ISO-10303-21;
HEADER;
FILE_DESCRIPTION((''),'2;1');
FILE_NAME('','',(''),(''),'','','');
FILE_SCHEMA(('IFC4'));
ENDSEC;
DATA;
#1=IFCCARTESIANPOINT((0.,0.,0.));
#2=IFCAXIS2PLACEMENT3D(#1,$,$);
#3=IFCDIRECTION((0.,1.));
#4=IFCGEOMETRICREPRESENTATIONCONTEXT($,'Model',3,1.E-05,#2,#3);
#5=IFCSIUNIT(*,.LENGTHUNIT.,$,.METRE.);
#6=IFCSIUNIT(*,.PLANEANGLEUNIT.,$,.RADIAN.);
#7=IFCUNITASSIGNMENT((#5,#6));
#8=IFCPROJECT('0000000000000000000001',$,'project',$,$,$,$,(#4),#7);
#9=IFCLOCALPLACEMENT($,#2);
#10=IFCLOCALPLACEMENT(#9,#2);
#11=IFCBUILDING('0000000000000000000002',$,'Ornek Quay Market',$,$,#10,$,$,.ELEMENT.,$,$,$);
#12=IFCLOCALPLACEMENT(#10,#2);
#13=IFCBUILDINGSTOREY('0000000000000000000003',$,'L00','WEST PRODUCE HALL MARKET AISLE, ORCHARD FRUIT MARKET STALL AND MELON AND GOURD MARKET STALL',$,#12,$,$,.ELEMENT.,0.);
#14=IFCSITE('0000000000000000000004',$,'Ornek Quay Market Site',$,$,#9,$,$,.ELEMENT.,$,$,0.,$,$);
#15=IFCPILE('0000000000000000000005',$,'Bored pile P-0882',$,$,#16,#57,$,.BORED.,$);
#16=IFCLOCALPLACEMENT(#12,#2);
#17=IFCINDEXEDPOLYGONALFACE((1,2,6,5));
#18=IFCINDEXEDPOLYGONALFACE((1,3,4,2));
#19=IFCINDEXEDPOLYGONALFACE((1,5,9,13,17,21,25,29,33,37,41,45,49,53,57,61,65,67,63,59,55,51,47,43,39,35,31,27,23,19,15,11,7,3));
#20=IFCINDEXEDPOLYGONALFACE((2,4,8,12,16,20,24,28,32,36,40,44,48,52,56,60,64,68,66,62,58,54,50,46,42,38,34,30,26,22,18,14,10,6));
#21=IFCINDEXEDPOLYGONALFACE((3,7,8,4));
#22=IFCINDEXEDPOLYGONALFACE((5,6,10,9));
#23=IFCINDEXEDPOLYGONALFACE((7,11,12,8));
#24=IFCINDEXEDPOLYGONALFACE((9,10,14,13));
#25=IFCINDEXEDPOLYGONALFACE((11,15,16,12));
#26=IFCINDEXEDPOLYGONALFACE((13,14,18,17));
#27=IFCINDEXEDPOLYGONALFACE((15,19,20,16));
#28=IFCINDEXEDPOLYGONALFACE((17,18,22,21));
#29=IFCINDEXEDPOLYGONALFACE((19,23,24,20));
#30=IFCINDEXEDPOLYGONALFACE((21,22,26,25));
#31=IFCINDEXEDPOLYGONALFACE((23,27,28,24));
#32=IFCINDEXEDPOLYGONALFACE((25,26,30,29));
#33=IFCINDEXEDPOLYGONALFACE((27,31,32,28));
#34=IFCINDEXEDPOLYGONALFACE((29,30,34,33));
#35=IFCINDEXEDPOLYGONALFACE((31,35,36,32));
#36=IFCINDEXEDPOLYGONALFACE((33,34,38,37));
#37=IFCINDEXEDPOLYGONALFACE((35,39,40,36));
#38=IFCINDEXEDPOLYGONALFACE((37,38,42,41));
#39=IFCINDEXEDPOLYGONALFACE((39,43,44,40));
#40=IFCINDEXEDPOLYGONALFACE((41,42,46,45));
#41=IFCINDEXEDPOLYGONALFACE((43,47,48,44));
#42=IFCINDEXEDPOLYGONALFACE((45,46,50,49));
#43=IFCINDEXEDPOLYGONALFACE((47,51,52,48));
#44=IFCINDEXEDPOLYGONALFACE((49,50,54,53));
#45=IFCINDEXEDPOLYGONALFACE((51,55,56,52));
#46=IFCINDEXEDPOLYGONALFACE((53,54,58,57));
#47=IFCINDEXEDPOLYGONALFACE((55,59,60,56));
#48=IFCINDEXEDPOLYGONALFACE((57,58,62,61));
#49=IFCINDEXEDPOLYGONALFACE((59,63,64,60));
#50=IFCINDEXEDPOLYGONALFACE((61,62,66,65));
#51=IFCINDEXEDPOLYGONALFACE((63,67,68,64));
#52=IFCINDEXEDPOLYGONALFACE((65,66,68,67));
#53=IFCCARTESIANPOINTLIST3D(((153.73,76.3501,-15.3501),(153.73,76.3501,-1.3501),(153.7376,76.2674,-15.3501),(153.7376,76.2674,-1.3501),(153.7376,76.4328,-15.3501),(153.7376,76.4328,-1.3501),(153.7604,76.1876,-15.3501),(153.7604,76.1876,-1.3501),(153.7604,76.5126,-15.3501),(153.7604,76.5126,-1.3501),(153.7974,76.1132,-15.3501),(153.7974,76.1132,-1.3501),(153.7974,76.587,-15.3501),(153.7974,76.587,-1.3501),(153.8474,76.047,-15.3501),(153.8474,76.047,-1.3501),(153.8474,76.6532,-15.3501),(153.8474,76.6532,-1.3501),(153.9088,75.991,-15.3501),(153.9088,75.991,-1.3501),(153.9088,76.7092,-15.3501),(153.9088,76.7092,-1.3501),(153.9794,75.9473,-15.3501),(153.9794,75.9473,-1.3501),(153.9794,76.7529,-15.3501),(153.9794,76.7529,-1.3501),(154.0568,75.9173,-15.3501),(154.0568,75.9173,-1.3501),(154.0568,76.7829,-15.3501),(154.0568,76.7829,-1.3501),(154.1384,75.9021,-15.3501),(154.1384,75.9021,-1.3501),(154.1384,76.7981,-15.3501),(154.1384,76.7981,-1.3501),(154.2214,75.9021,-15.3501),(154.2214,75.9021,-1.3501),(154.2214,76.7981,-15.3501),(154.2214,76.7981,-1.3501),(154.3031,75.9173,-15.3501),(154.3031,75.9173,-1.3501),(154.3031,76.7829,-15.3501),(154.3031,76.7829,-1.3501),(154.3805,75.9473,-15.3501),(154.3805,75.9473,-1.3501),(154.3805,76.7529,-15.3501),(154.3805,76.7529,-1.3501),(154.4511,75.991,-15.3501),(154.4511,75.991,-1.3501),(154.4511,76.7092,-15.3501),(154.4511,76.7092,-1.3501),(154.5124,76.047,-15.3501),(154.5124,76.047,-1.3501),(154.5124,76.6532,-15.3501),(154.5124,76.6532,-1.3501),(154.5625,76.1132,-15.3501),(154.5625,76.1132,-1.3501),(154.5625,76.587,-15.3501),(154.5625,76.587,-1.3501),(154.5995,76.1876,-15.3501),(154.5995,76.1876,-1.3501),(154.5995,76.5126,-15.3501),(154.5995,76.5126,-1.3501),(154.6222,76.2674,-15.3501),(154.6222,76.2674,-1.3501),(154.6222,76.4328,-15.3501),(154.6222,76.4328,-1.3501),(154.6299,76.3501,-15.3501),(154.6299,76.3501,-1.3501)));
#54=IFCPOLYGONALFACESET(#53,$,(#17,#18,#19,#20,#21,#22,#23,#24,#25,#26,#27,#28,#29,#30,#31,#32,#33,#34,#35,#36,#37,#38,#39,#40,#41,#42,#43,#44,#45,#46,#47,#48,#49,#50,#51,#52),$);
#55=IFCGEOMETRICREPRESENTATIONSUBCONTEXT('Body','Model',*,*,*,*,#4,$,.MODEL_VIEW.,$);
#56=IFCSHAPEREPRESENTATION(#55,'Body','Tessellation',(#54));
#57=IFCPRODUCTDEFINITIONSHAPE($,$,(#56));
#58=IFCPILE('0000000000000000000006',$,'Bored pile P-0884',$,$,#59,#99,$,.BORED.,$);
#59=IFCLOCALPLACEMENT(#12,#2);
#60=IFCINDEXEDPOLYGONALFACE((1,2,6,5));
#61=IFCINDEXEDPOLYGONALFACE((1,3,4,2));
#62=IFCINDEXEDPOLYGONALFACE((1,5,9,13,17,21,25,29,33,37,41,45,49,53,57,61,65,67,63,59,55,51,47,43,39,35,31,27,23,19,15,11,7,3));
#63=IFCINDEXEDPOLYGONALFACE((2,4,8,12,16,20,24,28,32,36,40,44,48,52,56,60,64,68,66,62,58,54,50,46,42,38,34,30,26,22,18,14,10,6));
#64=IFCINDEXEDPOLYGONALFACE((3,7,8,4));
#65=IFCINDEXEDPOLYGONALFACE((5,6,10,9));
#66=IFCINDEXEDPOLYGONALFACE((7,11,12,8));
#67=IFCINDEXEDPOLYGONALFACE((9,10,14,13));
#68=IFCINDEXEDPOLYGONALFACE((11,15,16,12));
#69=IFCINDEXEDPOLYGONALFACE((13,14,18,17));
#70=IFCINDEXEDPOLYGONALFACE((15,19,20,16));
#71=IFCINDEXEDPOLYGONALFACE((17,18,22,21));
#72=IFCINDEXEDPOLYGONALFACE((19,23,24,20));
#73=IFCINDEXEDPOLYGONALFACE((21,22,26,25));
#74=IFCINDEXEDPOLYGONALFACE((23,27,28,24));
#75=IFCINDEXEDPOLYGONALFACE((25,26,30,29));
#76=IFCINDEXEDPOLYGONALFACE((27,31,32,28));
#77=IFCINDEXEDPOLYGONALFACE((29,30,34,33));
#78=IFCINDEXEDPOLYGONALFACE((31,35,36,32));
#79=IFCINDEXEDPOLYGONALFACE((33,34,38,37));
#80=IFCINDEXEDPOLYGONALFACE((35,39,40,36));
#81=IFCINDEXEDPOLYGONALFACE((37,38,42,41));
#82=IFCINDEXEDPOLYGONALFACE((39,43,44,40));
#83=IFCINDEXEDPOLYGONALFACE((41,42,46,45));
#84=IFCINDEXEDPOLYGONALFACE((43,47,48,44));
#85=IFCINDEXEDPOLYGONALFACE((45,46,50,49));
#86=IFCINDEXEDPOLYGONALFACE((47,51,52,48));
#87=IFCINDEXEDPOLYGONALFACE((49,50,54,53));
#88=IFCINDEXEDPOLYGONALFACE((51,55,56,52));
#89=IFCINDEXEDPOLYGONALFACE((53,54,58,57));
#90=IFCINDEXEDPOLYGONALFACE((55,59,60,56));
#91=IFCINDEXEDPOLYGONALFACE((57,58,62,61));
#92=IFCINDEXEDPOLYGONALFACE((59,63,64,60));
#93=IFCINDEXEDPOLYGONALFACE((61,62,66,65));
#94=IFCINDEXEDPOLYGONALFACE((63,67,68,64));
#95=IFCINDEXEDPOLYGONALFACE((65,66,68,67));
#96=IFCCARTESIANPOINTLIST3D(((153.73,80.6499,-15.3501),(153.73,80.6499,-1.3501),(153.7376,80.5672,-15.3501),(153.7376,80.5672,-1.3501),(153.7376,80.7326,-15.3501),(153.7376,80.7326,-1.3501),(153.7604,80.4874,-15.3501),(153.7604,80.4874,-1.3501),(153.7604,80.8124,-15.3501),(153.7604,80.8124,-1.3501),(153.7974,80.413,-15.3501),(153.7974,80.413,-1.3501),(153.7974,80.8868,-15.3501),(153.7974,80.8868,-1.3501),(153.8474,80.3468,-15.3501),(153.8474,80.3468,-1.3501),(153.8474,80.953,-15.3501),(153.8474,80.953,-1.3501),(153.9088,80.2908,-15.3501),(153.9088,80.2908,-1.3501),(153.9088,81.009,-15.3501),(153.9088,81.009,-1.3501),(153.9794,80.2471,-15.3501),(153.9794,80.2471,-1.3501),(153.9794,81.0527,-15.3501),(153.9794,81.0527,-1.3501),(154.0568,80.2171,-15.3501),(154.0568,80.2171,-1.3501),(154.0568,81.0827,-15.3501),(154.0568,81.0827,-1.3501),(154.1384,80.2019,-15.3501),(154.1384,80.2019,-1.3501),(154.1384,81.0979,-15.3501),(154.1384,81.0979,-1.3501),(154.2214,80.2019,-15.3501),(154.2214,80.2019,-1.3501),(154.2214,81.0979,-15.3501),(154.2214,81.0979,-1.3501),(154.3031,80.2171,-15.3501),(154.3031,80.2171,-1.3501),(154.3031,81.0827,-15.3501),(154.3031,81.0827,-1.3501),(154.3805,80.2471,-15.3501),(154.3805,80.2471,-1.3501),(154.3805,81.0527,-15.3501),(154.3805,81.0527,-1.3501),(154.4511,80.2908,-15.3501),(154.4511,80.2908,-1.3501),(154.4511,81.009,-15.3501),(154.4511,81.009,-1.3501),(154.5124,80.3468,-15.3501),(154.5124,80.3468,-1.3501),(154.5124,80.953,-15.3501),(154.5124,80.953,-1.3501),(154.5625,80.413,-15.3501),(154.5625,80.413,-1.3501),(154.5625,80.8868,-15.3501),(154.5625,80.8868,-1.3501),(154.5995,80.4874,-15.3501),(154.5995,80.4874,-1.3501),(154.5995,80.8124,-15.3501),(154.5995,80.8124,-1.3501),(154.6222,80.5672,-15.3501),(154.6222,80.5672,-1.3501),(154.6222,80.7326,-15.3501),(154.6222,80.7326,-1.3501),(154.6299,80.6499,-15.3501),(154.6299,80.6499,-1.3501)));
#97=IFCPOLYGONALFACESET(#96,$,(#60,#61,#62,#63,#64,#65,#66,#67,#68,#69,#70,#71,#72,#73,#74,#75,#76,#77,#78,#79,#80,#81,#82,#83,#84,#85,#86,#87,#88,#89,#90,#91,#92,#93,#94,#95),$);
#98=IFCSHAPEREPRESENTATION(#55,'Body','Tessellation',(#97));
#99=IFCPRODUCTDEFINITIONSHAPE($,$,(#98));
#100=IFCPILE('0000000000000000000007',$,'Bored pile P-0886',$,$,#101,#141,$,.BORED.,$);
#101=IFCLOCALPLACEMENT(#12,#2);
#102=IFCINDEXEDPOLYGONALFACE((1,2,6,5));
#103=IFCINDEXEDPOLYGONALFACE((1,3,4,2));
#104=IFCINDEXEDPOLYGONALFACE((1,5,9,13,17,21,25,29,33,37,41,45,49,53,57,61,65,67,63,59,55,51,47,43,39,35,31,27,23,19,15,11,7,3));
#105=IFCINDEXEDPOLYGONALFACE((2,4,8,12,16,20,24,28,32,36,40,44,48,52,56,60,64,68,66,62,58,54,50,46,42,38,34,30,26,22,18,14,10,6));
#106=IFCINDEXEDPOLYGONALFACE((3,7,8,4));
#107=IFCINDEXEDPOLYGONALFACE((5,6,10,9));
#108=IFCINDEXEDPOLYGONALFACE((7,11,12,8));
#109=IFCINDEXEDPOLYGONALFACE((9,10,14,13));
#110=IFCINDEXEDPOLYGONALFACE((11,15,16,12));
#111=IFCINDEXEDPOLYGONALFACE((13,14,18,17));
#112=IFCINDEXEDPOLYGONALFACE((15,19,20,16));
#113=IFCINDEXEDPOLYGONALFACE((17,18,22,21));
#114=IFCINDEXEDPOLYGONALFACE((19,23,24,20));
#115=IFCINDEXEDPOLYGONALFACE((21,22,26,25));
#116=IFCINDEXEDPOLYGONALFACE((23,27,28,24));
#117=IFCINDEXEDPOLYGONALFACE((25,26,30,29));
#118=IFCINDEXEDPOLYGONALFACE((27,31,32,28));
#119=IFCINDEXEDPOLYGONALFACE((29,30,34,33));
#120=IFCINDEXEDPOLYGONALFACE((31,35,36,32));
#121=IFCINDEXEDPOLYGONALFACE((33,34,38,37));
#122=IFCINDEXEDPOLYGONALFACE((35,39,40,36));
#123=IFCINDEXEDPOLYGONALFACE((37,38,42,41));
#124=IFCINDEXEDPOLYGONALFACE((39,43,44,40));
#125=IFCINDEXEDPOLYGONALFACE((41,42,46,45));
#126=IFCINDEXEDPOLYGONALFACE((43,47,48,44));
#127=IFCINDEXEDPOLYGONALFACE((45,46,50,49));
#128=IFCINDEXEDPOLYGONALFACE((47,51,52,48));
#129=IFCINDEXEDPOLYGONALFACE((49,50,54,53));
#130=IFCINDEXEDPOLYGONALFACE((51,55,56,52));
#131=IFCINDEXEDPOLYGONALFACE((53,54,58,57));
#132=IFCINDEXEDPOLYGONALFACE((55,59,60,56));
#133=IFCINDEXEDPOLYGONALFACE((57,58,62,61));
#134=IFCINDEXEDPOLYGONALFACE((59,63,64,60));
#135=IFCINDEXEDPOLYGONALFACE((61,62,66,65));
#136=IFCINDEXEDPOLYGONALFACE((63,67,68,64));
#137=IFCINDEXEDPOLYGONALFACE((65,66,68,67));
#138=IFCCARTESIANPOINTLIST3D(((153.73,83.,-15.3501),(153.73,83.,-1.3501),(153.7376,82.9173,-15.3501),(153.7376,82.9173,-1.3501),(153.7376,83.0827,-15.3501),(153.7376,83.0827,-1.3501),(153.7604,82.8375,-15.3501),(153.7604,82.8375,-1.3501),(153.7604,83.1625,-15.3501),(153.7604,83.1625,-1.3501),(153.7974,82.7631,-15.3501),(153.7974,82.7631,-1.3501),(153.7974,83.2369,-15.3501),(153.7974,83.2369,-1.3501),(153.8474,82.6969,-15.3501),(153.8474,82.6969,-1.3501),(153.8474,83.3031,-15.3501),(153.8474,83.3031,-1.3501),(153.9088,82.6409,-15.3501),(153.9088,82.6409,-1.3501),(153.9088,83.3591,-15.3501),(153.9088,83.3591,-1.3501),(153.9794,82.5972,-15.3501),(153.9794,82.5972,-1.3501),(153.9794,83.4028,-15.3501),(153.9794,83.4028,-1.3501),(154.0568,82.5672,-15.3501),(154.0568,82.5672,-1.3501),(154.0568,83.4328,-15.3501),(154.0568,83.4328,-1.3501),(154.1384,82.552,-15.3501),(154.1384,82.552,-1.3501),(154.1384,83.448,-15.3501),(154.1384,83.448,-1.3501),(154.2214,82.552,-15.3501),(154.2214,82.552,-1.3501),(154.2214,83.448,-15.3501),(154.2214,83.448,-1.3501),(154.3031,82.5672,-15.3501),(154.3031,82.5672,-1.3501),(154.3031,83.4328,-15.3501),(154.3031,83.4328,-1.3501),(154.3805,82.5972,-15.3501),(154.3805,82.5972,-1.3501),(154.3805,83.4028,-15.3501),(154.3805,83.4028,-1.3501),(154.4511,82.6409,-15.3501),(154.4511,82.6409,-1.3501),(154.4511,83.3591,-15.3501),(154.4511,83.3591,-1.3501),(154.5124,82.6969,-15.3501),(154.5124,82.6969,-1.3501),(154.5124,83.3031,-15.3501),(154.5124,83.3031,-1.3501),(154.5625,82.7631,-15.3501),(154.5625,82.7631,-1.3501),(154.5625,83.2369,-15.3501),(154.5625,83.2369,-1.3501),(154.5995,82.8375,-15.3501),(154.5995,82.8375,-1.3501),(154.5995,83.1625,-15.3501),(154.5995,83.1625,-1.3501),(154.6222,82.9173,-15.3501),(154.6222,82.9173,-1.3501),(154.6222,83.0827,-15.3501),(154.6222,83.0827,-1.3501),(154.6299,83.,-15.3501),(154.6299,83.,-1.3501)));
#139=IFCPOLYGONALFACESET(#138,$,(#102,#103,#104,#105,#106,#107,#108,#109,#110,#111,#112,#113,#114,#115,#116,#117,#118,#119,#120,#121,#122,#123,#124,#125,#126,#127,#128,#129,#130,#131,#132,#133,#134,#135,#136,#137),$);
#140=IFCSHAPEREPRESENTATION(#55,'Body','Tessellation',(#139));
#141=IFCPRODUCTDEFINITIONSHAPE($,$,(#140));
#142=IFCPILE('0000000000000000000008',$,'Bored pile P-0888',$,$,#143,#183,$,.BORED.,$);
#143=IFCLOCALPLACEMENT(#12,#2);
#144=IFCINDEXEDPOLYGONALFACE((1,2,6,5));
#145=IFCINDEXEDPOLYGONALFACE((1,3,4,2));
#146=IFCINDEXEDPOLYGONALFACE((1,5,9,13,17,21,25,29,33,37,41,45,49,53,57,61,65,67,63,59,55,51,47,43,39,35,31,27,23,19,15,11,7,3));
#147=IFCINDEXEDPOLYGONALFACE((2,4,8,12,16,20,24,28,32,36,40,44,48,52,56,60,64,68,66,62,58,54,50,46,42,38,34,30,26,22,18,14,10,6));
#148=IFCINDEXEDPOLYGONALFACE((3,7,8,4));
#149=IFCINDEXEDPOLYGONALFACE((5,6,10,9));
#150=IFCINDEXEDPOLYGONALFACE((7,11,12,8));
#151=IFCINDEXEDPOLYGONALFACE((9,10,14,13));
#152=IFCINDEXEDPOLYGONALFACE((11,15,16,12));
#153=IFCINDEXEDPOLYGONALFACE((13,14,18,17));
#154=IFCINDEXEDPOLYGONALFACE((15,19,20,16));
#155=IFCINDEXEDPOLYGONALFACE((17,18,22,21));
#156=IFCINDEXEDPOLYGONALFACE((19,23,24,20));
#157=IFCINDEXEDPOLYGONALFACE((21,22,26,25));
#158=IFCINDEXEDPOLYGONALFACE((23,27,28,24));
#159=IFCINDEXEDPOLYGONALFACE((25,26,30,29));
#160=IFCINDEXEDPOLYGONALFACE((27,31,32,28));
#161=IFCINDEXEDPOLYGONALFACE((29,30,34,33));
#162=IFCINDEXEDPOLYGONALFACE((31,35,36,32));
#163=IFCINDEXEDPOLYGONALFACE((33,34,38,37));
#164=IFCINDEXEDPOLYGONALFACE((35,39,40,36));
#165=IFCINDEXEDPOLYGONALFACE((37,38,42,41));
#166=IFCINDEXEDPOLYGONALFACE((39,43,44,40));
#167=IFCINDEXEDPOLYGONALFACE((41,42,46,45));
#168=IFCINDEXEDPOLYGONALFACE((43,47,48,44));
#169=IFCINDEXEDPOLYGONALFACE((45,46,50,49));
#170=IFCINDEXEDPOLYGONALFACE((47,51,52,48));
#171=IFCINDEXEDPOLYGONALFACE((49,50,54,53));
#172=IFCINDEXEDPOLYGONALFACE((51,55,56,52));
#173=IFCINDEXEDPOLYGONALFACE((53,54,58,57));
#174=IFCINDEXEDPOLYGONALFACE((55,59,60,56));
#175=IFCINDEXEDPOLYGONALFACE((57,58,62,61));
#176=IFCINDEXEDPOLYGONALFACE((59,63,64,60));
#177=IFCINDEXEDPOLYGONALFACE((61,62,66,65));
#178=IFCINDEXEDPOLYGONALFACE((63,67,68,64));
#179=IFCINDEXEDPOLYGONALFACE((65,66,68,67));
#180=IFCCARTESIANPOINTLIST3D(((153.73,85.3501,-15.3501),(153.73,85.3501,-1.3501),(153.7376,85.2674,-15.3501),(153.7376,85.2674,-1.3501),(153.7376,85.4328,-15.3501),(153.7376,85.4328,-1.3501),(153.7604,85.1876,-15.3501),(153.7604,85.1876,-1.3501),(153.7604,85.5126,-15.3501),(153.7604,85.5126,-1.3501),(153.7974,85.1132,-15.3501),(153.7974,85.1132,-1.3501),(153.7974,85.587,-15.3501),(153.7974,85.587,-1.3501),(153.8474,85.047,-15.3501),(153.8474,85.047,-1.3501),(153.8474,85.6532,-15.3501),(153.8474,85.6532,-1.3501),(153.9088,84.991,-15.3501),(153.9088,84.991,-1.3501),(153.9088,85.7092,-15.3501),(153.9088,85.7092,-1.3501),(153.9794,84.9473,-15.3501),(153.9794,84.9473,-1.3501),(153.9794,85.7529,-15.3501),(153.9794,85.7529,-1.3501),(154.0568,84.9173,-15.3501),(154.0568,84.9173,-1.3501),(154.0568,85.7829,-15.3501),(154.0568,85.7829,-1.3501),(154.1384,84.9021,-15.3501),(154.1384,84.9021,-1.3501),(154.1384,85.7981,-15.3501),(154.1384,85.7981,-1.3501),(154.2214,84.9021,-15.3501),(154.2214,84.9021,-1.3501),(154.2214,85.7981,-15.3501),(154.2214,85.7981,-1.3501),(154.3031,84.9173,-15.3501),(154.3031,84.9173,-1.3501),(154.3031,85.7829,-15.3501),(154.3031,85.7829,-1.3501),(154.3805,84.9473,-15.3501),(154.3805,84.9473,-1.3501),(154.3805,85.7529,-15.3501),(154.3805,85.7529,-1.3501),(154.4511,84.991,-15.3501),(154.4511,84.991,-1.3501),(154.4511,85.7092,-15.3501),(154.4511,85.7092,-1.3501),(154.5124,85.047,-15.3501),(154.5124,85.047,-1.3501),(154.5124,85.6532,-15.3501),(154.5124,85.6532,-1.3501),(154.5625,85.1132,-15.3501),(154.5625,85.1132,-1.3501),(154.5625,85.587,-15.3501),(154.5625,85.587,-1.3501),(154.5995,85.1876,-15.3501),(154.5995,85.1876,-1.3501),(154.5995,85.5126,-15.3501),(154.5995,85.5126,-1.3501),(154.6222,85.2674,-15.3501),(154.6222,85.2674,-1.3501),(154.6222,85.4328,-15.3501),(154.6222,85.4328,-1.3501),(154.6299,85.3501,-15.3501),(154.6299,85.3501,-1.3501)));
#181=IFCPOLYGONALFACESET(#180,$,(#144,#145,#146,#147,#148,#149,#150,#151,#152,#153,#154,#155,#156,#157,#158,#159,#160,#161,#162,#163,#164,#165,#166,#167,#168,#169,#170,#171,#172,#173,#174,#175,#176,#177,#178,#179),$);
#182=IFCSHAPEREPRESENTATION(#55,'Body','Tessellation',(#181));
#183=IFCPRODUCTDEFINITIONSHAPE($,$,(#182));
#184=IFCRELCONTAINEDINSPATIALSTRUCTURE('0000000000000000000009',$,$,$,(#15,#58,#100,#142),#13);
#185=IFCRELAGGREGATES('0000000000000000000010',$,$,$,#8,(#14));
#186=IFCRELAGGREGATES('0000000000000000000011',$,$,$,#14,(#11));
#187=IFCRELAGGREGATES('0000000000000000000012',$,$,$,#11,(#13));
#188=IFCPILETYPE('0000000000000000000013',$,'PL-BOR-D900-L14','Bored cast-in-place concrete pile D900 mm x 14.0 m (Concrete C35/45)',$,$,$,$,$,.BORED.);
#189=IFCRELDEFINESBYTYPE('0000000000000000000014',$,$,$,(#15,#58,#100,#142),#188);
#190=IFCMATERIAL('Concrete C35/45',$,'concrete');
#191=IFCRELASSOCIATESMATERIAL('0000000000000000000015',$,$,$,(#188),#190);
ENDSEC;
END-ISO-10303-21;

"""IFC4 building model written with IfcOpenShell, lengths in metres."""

from ifc_helpers import new_model, si_unit, direction, frame, origin, origin_2d, place, context, subcontext, project, spatial, circle, extrude, material, material_profile, profile_set, type_object, element, save


model = new_model("IFC4")

# Units and contexts
model_context = context("Model", 3, precision=1e-05, world=origin(), true_north=direction((0.0, 1.0)))
body_context = subcontext(model_context, "Body", "Model", "MODEL_VIEW")
ifc_project = project(units=[si_unit("LENGTHUNIT", "METRE"), si_unit("PLANEANGLEUNIT", "RADIAN")], contexts=[model_context])

# Site, building, storey
site_placement = place(None, origin())
site = spatial("IfcSite", under=ifc_project, at=site_placement, Name="Ornek Quay Market Site", CompositionType="ELEMENT", RefElevation=0.0)
building_placement = place(site_placement, origin())
building = spatial("IfcBuilding", under=site, at=building_placement, Name="Ornek Quay Market", CompositionType="ELEMENT")
storey_placement = place(building_placement, origin())
storey = spatial("IfcBuildingStorey", under=building, at=storey_placement, Name="L00", Description="WEST PRODUCE HALL MARKET AISLE, ORCHARD FRUIT MARKET STALL AND MELON AND GOURD MARKET STALL", CompositionType="ELEMENT", Elevation=0.0)

# Piles
ifc_material_1 = material(Name="Concrete C35/45", Category="concrete")
ifc_material_profile_1 = material_profile(ifc_material_1, circle(Radius=0.45, at=origin_2d()), Name="PILE D900", Category="concrete")
ifc_profile_set_1 = profile_set([ifc_material_profile_1], Name="Concrete C35/45")
pile_type = type_object("IfcPileType", Name="PL-BOR-D900-L14", Description="Bored cast-in-place concrete pile D900 mm x 14.0 m (Concrete C35/45)", PredefinedType="BORED", material=ifc_profile_set_1)
for number, where, z_axis, x_axis, name in (
    (1, (154.1799, 76.3501, -1.3501), (0.0, 0.0, -1.0), (1.0, 0.0, 0.0), "Bored pile P-0882"),
    (2, (154.1799, 80.6499, -1.3501), (0.0, 0.0, -1.0), (1.0, 0.0, 0.0), "Bored pile P-0884"),
    (3, (154.1799, 83.0, -1.3501), (0.0, 0.0, -1.0), (1.0, 0.0, 0.0), "Bored pile P-0886"),
    (4, (154.1799, 85.3501, -1.3501), (0.0, 0.0, -1.0), (1.0, 0.0, 0.0), "Bored pile P-0888"),
):
    element("IfcPile", number, at=place(storey_placement, frame(where, z_axis=z_axis, x_axis=x_axis)), inside=storey, type_object=pile_type, Name=name, PredefinedType="BORED", context=body_context, shape_type="SweptSolid", body=[
        extrude(circle(Radius=0.45, at=origin_2d()), origin(), (0.0, 0.0, 1.0), 14.0),
    ])

save(model, "model.ifc")
